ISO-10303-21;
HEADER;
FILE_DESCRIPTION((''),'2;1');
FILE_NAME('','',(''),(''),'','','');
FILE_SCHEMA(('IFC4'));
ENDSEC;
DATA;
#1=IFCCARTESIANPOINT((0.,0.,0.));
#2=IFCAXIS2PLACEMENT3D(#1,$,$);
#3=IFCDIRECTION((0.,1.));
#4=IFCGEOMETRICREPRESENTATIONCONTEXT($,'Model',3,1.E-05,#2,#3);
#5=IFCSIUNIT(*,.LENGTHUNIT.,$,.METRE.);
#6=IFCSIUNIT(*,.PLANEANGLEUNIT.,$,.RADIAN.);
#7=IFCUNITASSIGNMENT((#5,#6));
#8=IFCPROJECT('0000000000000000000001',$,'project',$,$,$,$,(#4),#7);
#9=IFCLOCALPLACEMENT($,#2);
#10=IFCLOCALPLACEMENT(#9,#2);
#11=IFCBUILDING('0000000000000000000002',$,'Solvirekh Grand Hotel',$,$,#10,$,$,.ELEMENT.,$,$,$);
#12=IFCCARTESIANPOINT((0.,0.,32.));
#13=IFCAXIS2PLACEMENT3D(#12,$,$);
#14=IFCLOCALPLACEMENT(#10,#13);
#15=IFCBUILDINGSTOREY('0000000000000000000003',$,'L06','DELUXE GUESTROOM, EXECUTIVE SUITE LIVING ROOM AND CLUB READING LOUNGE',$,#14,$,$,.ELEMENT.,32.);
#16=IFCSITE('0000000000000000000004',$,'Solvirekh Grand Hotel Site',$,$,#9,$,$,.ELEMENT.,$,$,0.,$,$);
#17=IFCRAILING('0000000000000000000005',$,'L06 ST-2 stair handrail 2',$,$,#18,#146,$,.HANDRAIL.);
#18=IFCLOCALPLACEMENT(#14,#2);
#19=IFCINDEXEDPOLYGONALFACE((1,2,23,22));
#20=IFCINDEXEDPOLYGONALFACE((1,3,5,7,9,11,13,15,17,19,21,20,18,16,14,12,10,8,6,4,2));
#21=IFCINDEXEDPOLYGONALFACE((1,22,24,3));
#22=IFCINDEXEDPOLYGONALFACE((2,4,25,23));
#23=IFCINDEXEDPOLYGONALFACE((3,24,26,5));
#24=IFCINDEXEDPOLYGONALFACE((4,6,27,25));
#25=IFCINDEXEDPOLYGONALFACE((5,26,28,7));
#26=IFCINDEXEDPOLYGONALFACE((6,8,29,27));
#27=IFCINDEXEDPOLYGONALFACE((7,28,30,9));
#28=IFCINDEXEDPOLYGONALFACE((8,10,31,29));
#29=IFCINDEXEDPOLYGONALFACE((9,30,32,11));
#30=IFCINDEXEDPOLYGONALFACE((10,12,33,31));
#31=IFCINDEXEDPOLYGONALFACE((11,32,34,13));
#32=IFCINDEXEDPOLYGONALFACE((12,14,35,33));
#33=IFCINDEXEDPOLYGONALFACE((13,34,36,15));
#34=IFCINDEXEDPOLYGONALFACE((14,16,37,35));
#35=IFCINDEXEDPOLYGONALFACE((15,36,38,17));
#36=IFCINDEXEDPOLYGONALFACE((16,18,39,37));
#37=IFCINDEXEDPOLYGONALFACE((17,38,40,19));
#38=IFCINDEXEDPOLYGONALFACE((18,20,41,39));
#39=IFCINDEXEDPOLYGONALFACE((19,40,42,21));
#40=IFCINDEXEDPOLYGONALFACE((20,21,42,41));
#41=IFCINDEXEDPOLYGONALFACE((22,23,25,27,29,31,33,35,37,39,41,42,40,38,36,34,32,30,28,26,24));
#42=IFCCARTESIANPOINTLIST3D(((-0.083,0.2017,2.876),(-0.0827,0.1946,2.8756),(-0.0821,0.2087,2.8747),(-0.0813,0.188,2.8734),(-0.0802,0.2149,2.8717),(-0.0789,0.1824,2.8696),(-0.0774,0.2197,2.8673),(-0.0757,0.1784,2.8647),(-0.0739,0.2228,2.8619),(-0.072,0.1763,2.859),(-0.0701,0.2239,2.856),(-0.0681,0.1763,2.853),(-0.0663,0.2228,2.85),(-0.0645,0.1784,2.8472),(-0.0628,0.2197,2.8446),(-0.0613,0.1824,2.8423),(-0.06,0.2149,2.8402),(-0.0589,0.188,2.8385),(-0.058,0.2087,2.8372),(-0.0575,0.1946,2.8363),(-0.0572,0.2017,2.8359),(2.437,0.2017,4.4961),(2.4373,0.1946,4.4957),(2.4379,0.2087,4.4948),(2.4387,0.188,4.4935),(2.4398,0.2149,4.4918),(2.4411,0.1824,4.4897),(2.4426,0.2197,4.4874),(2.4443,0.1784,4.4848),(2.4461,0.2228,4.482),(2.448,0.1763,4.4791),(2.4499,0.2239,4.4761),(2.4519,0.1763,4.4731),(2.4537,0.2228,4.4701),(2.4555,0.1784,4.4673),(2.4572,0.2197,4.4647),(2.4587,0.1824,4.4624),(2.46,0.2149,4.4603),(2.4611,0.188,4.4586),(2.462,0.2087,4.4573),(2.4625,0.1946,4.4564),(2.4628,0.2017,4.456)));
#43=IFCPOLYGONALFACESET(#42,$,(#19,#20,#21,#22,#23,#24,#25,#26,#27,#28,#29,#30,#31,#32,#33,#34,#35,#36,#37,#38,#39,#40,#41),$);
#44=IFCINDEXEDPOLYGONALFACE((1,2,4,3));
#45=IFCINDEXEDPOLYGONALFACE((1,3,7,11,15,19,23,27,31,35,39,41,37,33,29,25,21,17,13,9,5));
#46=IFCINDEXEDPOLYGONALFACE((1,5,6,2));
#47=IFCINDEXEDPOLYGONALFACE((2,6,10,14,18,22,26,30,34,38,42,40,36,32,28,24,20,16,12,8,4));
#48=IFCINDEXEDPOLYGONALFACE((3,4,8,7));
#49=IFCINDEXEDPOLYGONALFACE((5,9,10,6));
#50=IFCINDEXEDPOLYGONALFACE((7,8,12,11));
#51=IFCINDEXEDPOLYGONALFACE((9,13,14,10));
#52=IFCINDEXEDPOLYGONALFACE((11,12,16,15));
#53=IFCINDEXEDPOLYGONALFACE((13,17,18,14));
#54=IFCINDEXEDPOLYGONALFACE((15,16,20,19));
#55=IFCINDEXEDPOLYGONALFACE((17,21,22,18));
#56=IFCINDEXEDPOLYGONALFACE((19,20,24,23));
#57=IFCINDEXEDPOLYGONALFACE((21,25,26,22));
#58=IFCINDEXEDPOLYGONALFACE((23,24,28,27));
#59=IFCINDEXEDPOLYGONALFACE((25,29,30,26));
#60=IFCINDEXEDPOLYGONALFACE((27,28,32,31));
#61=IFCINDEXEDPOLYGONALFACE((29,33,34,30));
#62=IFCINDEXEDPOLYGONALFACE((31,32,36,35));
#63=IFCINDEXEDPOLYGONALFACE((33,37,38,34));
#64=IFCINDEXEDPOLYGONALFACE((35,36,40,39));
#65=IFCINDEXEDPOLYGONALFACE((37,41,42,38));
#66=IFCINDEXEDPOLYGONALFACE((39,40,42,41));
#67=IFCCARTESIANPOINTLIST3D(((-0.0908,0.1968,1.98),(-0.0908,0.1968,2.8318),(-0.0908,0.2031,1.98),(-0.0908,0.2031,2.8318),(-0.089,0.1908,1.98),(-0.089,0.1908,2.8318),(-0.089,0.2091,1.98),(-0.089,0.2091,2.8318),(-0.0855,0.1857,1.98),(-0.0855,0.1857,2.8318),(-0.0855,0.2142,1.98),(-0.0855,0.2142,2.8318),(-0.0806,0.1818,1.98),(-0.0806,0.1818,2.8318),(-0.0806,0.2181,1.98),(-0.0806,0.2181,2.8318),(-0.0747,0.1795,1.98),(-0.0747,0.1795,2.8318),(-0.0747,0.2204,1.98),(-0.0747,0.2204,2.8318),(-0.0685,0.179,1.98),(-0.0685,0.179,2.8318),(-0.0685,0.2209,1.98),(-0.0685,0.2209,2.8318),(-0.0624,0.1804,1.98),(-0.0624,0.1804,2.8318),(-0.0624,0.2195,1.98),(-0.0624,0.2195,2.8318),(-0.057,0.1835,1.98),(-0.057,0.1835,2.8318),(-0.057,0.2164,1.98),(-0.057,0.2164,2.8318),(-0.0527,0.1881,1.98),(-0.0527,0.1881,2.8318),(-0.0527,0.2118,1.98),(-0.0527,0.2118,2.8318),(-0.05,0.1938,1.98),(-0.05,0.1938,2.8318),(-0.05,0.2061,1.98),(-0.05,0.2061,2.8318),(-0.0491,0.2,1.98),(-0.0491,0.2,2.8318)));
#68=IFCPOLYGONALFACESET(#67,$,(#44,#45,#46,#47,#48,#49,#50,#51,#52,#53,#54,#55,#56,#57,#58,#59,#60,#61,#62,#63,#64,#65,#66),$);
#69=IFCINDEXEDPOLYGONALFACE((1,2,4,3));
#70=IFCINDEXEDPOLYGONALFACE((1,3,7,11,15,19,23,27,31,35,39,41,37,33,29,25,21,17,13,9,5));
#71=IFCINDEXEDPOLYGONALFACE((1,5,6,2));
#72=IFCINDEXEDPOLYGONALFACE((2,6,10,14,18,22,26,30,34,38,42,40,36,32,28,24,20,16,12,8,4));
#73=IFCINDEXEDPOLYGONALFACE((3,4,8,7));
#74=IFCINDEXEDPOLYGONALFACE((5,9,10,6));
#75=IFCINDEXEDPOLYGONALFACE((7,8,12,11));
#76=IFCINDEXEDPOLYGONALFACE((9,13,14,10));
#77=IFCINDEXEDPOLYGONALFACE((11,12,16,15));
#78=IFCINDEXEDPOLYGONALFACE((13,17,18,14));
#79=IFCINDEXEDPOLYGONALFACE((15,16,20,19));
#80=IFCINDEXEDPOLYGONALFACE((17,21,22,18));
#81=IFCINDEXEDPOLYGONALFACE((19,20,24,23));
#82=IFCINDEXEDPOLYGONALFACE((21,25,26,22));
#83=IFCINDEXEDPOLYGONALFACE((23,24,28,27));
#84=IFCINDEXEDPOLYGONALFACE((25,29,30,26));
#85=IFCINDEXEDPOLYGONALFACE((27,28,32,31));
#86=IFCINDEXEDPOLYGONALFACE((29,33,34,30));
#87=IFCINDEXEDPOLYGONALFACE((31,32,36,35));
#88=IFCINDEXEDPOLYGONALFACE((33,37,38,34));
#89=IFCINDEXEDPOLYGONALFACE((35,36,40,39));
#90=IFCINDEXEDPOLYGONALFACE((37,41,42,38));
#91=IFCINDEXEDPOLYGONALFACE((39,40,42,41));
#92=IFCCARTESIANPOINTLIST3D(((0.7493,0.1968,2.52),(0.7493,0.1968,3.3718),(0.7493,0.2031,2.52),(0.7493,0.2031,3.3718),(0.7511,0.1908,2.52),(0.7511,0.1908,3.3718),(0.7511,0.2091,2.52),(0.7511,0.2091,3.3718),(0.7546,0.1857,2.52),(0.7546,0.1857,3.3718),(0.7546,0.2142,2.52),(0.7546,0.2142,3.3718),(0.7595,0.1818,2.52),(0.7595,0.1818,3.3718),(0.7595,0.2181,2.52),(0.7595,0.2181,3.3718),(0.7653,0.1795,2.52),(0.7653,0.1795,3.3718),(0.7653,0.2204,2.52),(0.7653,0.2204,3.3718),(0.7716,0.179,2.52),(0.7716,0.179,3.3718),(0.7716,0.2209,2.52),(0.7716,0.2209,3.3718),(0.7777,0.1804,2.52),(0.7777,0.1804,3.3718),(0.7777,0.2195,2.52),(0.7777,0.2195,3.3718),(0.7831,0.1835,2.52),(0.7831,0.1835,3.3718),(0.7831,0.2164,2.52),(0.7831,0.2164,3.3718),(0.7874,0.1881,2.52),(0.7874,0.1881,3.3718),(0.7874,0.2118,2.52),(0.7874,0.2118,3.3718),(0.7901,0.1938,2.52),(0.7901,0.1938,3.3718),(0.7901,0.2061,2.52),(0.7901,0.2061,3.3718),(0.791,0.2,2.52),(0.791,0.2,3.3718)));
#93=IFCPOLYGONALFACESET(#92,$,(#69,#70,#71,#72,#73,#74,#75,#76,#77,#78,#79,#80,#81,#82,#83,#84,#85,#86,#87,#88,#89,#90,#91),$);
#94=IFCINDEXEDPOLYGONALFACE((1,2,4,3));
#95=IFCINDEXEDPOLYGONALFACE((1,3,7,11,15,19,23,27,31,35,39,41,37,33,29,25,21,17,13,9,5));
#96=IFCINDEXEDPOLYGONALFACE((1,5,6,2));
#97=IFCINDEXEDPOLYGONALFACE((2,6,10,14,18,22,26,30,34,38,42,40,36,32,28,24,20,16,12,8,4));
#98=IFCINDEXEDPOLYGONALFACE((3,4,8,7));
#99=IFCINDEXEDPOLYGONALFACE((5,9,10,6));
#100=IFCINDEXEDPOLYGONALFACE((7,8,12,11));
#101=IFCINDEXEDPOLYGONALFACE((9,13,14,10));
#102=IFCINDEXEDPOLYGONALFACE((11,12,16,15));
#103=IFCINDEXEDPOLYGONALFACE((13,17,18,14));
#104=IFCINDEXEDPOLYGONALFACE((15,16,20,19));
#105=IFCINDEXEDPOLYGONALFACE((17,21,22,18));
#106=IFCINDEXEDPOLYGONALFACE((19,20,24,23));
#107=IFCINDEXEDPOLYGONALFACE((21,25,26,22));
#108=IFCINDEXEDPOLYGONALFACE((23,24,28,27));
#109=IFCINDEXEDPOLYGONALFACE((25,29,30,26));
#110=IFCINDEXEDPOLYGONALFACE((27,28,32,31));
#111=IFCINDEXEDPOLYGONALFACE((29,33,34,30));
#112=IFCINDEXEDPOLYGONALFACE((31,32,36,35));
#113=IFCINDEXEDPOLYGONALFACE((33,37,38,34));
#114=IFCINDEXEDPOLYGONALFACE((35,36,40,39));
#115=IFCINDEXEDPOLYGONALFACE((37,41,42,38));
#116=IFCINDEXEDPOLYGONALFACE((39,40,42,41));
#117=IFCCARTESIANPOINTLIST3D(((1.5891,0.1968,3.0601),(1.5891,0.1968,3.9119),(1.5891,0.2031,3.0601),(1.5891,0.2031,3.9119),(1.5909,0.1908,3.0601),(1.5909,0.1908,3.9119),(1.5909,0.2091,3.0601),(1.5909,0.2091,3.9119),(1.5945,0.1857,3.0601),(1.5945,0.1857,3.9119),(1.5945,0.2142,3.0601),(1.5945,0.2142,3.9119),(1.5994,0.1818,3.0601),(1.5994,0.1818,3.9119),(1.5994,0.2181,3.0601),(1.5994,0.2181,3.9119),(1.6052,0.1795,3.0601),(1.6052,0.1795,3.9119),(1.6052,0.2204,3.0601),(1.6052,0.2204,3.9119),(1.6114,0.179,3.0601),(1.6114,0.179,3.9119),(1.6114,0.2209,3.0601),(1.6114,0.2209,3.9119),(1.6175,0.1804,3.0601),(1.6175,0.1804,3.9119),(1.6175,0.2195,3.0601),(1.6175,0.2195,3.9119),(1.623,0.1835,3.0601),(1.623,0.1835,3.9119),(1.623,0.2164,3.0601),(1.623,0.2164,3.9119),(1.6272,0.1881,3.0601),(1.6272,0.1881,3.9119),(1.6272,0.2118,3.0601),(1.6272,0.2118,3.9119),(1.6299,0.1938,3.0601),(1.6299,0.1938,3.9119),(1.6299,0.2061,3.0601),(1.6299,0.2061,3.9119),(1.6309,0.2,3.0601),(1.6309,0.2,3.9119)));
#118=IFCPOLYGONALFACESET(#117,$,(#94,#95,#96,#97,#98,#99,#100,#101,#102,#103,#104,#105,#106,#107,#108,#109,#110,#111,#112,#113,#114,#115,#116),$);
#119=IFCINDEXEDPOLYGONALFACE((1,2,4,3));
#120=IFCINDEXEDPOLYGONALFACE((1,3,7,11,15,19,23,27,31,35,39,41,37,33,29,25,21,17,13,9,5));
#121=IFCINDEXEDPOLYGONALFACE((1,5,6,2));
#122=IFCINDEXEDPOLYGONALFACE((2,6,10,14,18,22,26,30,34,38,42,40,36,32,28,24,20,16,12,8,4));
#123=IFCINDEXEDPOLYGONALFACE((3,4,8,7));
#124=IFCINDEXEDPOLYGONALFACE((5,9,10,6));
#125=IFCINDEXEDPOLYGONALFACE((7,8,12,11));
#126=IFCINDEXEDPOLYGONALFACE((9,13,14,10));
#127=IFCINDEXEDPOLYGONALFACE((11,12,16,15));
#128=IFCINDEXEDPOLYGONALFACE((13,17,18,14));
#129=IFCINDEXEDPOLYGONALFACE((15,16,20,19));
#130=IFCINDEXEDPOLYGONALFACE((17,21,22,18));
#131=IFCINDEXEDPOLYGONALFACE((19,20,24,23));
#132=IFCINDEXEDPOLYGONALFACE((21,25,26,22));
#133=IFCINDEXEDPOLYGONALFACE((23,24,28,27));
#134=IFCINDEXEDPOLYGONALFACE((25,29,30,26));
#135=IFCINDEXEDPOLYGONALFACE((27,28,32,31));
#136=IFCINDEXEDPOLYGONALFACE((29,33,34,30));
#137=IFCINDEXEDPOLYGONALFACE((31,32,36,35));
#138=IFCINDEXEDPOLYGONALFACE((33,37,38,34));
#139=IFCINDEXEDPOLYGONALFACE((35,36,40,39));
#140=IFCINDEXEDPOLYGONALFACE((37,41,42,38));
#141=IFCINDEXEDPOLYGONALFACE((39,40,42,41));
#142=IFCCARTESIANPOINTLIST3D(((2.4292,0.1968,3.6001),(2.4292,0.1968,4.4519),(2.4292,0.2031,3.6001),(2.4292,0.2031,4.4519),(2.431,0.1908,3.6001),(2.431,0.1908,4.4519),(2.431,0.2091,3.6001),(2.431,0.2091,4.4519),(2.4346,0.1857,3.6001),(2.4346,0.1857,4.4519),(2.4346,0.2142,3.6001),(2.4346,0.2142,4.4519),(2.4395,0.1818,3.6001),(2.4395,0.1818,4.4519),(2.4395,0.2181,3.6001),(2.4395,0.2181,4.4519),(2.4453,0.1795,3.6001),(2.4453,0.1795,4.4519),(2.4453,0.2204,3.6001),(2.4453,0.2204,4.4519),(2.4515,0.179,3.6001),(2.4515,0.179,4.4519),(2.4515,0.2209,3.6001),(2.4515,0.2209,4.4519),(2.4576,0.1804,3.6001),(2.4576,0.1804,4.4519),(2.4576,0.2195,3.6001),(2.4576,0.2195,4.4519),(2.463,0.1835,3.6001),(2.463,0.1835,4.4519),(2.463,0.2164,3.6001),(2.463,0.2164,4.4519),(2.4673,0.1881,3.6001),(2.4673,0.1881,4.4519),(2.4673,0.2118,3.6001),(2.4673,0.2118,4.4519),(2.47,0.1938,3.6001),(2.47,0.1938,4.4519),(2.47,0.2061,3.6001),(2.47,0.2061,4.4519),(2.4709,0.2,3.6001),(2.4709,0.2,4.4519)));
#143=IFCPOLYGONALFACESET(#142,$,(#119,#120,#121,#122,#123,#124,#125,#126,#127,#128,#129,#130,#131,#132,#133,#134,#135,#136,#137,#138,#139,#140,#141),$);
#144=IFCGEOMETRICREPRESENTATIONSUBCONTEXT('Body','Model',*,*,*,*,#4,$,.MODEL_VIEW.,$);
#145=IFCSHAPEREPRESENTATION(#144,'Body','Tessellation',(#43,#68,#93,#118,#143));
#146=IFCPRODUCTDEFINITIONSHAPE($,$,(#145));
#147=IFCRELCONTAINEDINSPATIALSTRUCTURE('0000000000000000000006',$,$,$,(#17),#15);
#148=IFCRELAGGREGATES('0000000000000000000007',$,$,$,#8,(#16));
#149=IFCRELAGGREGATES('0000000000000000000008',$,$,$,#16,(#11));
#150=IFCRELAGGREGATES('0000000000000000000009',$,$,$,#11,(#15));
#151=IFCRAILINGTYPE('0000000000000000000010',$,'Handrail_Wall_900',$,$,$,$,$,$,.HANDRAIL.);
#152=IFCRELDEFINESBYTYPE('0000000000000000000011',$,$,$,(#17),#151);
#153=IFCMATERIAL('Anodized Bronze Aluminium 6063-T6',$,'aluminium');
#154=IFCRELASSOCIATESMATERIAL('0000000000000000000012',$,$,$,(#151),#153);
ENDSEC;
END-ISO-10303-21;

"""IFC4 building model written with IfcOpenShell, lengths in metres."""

from ifc_helpers import new_model, si_unit, direction, frame, origin, origin_2d, place, context, subcontext, project, spatial, circle, extrude, material, type_object, element, save


model = new_model("IFC4")

# Units and contexts
model_context = context("Model", 3, precision=1e-05, world=origin(), true_north=direction((0.0, 1.0)))
body_context = subcontext(model_context, "Body", "Model", "MODEL_VIEW")
ifc_project = project(units=[si_unit("LENGTHUNIT", "METRE"), si_unit("PLANEANGLEUNIT", "RADIAN")], contexts=[model_context])

# Site, building, storey
site_placement = place(None, origin())
site = spatial("IfcSite", under=ifc_project, at=site_placement, Name="Solvirekh Grand Hotel Site", CompositionType="ELEMENT", RefElevation=0.0)
building_placement = place(site_placement, origin())
building = spatial("IfcBuilding", under=site, at=building_placement, Name="Solvirekh Grand Hotel", CompositionType="ELEMENT")
storey_placement = place(building_placement, frame((0.0, 0.0, 32.0)))
storey = spatial("IfcBuildingStorey", under=building, at=storey_placement, Name="L06", Description="DELUXE GUESTROOM, EXECUTIVE SUITE LIVING ROOM AND CLUB READING LOUNGE", CompositionType="ELEMENT", Elevation=32.0)

# Railing
ifc_material_1 = material(Name="Anodized Bronze Aluminium 6063-T6", Category="aluminium")
railing_type_1 = type_object("IfcRailingType", Name="Handrail_Wall_900", PredefinedType="HANDRAIL", material=ifc_material_1)
railing_1_placement = place(storey_placement, frame((-0.0701, 0.2, 1.98)))
element("IfcRailing", 1, at=railing_1_placement, inside=storey, type_object=railing_type_1, Name="L06 ST-2 stair handrail 2", PredefinedType="HANDRAIL", context=body_context, shape_type="SweptSolid", body=[
    extrude(circle(Radius=0.0239, at=origin_2d()), frame((0.0, 0.0, 0.876), z_axis=(0.841163, 0.0, 0.540782), x_axis=(0.0, 1.0, 0.0)), (0.0, 0.0, 1.0), 2.9958),
    extrude(circle(Radius=0.021, at=origin_2d()), origin(), (0.0, 0.0, 1.0), 0.8518),
    extrude(circle(Radius=0.021, at=origin_2d()), frame((0.8401, 0.0, 0.54)), (0.0, 0.0, 1.0), 0.8518),
    extrude(circle(Radius=0.021, at=origin_2d()), frame((1.6799, 0.0, 1.0801)), (0.0, 0.0, 1.0), 0.8518),
    extrude(circle(Radius=0.021, at=origin_2d()), frame((2.52, 0.0, 1.6201)), (0.0, 0.0, 1.0), 0.8518),
])

save(model, "model.ifc")
